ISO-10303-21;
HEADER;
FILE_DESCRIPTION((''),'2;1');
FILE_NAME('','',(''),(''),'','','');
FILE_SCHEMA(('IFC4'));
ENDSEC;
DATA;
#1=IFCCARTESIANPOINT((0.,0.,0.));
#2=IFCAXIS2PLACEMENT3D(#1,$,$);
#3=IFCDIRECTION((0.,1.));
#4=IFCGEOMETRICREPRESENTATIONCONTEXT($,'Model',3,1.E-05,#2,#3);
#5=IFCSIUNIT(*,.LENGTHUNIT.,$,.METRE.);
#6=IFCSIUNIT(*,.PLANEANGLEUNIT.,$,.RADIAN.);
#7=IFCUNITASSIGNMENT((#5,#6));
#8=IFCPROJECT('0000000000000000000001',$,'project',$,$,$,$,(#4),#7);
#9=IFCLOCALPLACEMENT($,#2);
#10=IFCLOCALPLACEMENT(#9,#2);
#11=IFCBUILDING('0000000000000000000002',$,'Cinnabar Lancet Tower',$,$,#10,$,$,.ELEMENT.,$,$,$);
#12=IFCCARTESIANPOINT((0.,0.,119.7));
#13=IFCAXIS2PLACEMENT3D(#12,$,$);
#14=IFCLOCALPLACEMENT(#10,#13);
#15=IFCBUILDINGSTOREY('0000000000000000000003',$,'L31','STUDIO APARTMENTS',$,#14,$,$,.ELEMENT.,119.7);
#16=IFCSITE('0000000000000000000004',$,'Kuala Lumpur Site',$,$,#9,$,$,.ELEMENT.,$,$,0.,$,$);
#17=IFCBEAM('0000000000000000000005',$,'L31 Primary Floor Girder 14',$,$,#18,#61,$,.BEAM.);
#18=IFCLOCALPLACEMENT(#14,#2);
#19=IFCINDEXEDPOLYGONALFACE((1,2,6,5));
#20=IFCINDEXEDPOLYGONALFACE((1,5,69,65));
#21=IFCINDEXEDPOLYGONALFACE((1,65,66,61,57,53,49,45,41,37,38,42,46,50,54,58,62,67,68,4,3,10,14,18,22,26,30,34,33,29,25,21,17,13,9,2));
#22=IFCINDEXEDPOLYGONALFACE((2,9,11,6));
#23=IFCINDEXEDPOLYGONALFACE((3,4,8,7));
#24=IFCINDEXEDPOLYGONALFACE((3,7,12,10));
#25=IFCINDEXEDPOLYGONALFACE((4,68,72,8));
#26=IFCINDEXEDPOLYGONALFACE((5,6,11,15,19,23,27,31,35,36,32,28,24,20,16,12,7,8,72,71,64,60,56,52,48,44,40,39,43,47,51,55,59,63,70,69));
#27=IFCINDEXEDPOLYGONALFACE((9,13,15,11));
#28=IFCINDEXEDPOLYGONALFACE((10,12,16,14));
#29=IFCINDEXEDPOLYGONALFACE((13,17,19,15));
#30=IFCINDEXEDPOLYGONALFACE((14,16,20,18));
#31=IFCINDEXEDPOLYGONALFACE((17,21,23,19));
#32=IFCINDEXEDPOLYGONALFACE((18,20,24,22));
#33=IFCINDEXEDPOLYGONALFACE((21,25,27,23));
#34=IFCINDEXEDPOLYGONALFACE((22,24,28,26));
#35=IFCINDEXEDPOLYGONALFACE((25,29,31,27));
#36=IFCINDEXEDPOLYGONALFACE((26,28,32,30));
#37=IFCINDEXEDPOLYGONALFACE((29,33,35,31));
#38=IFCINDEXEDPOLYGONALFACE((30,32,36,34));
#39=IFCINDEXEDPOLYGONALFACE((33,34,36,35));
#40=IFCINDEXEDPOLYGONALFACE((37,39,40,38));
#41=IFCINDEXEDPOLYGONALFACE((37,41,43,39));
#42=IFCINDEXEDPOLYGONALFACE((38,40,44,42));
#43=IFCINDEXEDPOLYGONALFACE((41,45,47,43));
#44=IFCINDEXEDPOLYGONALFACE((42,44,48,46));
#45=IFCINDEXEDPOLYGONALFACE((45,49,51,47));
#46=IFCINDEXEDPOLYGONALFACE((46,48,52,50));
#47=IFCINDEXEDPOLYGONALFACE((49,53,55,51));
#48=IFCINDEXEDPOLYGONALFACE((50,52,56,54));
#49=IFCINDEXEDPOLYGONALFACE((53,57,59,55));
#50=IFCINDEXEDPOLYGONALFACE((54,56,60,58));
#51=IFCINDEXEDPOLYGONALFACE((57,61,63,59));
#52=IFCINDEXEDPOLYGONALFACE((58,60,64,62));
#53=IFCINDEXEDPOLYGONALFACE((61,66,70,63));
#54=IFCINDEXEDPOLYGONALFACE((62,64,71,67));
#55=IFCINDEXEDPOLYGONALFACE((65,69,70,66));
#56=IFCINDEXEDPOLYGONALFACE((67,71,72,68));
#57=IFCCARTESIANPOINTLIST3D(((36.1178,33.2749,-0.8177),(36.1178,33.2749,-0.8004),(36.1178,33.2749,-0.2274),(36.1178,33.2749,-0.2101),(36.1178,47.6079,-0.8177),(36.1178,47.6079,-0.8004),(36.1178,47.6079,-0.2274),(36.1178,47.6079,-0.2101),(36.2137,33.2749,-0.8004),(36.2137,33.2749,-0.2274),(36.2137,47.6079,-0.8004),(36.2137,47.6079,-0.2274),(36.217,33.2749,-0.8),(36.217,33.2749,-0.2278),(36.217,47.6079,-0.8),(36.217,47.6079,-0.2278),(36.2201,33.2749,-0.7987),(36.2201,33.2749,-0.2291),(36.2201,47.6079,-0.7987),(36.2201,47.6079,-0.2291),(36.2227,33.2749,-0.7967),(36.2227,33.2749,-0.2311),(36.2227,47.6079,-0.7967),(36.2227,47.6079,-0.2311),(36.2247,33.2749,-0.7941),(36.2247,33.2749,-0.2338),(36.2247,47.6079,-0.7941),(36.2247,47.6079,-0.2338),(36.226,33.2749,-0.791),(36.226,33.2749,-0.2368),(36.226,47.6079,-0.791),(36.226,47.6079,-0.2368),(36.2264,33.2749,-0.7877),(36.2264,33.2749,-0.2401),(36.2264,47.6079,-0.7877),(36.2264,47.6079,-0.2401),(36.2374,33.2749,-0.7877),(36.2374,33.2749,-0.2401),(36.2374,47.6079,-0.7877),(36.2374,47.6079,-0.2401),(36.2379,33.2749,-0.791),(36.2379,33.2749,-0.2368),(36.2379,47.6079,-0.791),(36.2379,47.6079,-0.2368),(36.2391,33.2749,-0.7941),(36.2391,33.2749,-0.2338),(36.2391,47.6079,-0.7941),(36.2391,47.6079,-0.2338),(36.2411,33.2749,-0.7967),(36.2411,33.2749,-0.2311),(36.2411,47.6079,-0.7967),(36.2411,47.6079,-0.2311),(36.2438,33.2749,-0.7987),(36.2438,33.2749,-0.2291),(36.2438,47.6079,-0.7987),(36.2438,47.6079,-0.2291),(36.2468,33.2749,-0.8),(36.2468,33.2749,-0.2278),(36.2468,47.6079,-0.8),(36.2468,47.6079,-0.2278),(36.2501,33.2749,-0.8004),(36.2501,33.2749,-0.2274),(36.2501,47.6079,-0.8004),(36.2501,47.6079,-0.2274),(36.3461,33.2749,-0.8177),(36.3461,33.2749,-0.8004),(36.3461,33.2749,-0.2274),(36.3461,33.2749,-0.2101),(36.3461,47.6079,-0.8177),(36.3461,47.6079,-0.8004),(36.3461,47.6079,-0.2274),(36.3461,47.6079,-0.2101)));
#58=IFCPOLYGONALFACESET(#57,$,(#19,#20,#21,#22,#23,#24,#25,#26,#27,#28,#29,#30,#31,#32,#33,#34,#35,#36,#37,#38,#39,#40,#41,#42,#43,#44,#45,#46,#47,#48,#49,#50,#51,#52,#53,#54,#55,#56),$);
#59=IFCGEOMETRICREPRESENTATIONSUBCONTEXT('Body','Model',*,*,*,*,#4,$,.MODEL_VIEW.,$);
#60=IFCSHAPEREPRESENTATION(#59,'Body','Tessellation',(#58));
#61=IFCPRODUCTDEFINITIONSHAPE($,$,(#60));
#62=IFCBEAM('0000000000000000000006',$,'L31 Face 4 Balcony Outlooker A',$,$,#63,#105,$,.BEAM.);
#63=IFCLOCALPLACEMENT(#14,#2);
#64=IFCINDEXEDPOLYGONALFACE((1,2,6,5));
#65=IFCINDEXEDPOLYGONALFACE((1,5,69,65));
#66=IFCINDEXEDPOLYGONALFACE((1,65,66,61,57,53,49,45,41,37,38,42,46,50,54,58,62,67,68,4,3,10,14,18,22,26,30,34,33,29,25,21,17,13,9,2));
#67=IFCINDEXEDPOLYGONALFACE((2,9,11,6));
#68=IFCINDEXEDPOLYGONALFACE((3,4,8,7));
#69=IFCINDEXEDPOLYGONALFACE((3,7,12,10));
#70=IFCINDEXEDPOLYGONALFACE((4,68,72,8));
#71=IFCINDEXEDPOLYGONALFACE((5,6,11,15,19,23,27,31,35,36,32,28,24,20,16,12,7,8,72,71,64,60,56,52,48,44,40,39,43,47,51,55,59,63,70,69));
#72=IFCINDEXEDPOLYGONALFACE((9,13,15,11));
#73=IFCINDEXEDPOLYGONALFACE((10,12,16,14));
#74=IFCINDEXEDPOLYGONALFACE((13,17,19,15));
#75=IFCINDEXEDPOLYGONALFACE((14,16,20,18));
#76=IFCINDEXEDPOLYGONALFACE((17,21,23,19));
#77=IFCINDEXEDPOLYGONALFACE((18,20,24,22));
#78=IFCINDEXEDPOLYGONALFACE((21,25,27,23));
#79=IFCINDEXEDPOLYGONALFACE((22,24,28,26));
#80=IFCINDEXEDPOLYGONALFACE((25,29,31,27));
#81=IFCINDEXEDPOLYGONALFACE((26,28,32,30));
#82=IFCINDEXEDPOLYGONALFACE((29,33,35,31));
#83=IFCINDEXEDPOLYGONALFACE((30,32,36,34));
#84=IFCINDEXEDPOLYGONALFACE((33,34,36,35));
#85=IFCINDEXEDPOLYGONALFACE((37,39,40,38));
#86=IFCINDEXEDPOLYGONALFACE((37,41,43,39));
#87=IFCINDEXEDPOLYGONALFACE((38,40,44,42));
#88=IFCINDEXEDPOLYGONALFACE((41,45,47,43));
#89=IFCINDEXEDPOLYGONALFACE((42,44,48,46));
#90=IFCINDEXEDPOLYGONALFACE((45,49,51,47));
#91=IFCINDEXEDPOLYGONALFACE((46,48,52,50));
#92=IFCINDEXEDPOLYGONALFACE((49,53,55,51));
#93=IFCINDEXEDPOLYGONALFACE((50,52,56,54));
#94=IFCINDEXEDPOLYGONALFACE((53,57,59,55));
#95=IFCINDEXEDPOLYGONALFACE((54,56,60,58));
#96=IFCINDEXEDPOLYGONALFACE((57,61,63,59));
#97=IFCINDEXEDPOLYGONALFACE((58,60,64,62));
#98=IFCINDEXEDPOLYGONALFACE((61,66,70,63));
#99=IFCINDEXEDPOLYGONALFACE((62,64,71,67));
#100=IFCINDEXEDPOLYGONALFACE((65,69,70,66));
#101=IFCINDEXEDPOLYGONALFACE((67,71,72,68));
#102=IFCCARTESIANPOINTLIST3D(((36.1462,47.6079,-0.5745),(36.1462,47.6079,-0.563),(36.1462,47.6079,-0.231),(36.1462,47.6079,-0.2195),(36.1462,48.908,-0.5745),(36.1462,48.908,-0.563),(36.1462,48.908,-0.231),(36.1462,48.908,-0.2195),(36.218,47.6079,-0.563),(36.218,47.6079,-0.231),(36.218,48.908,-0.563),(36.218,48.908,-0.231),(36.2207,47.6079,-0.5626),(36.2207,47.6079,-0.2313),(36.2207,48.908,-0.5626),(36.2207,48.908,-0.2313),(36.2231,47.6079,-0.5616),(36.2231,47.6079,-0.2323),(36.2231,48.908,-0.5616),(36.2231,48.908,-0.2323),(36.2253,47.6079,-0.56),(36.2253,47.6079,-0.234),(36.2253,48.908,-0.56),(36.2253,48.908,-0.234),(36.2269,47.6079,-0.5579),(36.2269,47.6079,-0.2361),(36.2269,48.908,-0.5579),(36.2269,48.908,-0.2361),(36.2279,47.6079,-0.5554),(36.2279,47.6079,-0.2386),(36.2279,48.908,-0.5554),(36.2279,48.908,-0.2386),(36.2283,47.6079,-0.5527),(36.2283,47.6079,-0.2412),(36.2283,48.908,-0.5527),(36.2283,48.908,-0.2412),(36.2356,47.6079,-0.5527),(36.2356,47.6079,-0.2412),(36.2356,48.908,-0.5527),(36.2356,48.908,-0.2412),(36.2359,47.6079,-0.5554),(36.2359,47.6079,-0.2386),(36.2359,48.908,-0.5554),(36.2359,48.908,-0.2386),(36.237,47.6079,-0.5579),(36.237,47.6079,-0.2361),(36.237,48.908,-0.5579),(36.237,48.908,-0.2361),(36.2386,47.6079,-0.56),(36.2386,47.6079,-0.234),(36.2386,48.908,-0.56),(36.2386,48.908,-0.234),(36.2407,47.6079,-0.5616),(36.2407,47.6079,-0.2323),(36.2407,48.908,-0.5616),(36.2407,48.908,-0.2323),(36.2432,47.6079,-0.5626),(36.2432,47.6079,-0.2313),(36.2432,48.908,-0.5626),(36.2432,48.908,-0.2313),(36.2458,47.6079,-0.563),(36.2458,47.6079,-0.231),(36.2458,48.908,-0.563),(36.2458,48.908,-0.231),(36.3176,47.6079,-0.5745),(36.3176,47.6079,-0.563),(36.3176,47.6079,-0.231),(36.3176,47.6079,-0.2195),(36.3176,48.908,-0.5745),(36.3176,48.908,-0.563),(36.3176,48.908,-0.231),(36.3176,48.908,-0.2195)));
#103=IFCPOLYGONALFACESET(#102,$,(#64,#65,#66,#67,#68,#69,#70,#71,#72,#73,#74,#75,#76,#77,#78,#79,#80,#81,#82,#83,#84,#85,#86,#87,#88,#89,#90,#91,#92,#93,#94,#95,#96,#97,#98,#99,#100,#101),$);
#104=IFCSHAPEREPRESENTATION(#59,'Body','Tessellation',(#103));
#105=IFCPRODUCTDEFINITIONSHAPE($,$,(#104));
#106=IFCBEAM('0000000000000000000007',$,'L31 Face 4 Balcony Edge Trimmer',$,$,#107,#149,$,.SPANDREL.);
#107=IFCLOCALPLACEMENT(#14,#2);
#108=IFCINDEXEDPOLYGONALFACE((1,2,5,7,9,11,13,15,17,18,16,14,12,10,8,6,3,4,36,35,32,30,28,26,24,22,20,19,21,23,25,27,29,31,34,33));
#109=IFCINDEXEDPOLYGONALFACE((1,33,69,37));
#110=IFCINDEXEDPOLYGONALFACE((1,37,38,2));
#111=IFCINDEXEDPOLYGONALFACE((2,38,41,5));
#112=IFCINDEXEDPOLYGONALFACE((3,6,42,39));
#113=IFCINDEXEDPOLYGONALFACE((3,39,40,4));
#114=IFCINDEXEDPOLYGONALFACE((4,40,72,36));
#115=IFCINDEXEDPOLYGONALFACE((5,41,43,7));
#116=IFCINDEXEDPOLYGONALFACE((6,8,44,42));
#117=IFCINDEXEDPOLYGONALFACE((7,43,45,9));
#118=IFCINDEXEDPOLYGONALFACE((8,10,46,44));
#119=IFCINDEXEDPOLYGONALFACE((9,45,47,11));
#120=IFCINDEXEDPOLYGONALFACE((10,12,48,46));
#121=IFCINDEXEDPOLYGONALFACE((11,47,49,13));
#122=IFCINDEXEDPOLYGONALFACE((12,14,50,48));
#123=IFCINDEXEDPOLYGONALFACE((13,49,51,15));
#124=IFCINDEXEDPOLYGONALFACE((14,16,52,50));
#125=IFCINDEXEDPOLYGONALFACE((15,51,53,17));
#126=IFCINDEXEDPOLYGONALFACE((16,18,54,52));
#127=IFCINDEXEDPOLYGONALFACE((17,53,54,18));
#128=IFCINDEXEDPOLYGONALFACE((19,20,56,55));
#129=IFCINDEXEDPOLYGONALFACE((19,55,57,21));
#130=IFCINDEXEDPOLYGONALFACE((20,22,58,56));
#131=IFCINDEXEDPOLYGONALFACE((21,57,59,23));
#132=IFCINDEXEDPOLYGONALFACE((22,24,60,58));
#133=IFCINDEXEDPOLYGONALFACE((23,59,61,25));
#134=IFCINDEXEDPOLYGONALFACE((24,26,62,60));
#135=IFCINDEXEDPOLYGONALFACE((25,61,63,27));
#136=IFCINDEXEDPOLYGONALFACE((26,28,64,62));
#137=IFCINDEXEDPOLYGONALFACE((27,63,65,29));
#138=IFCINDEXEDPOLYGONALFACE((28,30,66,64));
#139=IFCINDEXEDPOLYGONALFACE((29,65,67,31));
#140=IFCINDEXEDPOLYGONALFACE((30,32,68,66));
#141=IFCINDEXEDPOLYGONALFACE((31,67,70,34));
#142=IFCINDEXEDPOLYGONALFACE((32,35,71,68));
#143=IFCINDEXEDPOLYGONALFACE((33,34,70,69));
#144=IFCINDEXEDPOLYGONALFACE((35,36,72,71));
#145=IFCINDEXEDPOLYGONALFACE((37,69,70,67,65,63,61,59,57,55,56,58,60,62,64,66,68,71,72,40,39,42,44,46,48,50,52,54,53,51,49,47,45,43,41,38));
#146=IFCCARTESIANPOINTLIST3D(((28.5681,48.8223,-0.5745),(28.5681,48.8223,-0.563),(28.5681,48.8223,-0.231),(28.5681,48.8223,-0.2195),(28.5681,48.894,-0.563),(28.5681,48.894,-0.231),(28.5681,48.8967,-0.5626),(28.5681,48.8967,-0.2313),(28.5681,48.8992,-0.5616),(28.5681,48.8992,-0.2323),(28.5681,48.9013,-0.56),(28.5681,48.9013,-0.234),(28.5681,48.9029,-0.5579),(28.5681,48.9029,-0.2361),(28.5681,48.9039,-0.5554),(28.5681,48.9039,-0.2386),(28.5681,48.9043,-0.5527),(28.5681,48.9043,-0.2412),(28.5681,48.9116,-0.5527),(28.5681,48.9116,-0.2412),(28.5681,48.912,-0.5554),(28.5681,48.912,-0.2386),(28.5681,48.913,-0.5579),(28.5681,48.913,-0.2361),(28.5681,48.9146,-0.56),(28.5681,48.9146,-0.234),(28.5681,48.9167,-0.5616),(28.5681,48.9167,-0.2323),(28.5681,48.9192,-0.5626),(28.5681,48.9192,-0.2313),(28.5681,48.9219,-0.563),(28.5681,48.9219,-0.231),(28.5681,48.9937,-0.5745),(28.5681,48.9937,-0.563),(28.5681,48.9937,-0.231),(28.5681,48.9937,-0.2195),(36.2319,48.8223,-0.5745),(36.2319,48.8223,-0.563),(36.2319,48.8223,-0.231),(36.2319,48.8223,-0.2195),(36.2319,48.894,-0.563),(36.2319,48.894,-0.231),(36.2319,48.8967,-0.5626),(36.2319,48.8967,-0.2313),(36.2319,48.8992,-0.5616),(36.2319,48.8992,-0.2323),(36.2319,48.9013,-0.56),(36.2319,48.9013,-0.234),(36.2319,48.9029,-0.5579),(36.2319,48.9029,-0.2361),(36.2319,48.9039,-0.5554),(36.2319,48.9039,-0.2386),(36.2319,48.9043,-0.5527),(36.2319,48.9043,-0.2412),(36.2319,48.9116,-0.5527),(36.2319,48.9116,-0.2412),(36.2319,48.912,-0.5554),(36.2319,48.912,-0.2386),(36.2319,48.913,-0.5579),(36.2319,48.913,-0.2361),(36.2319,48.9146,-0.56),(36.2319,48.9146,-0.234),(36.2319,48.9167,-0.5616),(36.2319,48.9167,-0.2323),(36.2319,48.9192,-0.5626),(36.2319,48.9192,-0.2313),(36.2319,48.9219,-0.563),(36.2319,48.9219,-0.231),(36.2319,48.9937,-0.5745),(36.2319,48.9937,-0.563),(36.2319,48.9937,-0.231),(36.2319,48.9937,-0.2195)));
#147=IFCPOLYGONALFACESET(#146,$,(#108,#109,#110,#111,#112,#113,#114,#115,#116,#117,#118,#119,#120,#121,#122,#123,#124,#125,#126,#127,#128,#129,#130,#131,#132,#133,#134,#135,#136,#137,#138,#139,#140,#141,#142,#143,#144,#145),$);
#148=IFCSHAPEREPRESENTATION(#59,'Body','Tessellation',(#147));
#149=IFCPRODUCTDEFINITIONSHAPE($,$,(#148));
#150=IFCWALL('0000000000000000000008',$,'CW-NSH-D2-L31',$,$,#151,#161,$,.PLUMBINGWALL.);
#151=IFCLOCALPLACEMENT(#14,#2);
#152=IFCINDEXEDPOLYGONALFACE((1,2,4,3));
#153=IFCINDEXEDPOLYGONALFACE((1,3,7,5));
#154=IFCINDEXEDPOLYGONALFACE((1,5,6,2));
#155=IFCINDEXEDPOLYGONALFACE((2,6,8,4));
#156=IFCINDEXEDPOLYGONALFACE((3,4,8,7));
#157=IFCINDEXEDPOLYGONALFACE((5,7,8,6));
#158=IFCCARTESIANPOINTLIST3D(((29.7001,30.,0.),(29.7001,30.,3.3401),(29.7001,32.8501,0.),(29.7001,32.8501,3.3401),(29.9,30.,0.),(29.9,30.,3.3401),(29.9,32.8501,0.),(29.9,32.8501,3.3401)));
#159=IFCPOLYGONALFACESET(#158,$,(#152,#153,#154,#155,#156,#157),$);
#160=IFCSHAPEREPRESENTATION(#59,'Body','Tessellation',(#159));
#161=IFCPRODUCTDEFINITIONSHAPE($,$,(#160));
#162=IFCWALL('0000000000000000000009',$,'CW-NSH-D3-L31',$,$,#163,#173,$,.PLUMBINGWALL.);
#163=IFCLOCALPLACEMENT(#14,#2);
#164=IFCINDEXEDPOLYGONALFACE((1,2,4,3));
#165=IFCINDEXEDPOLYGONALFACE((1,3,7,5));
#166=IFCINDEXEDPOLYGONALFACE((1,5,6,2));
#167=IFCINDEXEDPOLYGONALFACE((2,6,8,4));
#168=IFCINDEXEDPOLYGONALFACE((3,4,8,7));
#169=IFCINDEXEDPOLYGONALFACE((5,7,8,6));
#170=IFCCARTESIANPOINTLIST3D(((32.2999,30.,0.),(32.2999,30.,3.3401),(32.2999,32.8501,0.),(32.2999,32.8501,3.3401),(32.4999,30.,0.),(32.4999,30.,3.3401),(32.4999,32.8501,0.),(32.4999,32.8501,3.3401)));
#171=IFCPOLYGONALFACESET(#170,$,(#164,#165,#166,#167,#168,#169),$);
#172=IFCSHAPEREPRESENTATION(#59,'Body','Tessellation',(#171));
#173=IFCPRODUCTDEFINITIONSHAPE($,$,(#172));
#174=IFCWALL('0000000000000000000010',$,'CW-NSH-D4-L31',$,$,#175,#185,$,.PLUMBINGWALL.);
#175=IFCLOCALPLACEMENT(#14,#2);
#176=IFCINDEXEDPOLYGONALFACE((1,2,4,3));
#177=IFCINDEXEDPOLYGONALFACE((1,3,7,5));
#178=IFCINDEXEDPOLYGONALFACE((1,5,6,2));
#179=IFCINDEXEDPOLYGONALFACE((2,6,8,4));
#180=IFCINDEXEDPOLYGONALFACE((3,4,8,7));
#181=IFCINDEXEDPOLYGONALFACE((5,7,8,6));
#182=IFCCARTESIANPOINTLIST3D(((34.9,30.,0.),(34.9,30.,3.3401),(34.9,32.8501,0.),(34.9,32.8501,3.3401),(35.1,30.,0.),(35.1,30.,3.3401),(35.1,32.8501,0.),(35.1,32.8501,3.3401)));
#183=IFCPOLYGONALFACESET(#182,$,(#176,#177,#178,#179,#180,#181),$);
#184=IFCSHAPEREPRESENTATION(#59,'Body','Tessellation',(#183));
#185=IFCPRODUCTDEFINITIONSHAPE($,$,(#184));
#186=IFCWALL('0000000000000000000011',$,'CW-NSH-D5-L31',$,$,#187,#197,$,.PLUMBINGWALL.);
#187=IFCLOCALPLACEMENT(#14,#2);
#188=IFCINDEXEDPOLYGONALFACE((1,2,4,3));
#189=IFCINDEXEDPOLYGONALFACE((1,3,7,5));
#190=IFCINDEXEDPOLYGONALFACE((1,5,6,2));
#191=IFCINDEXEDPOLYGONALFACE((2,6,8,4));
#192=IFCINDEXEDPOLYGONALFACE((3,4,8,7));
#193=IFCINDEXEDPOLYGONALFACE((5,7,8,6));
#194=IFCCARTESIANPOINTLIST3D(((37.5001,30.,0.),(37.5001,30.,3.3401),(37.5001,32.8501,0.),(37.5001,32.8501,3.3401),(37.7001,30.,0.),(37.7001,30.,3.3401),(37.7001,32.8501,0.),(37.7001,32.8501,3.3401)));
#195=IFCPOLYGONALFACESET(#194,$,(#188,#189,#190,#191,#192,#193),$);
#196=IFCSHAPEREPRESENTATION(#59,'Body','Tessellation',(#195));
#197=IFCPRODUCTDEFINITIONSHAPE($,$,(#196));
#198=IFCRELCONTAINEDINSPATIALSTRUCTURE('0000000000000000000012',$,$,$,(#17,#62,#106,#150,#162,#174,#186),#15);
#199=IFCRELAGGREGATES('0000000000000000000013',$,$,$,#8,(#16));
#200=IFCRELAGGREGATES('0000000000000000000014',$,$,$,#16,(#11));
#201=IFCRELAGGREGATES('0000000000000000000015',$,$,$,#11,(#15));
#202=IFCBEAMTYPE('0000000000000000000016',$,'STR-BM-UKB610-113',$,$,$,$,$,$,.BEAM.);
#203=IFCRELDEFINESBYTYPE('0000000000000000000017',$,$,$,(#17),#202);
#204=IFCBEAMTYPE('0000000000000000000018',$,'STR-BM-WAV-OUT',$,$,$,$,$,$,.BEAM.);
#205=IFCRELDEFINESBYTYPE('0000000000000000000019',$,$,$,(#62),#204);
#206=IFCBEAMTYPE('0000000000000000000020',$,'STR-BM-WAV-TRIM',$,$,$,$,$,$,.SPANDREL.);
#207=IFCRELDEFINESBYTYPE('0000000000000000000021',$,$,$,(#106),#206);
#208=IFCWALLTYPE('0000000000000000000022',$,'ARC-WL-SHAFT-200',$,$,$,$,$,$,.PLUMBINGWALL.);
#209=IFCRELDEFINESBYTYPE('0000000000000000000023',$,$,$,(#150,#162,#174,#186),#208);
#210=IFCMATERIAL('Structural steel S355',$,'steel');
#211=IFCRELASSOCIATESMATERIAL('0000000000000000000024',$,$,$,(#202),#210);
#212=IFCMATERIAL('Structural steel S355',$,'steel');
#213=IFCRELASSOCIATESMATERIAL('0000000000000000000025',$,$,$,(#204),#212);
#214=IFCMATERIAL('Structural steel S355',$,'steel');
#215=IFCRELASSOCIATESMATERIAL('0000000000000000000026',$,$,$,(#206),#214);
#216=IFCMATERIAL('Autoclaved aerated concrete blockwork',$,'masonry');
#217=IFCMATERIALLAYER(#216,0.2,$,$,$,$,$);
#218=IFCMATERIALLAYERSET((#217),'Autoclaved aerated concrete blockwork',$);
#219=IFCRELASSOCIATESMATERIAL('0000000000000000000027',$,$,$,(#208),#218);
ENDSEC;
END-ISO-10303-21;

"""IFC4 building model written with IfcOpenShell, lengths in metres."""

from ifc_helpers import new_model, si_unit, direction, frame, frame_2d, origin, origin_2d, place, context, subcontext, project, spatial, rectangle, i_section, extrude, material, layer, layer_set, material_profile, profile_set, type_object, element, save


model = new_model("IFC4")

# Units and contexts
model_context = context("Model", 3, precision=1e-05, world=origin(), true_north=direction((0.0, 1.0)))
body_context = subcontext(model_context, "Body", "Model", "MODEL_VIEW")
ifc_project = project(units=[si_unit("LENGTHUNIT", "METRE"), si_unit("PLANEANGLEUNIT", "RADIAN")], contexts=[model_context])

# Site, building, storey
site_placement = place(None, origin())
site = spatial("IfcSite", under=ifc_project, at=site_placement, Name="Kuala Lumpur Site", CompositionType="ELEMENT", RefElevation=0.0)
building_placement = place(site_placement, origin())
building = spatial("IfcBuilding", under=site, at=building_placement, Name="Cinnabar Lancet Tower", CompositionType="ELEMENT")
storey_placement = place(building_placement, frame((0.0, 0.0, 119.7)))
storey = spatial("IfcBuildingStorey", under=building, at=storey_placement, Name="L31", Description="STUDIO APARTMENTS", CompositionType="ELEMENT", Elevation=119.7)

# Beams
ifc_material_1 = material(Name="Structural steel S355", Category="steel")
ifc_material_profile_1 = material_profile(ifc_material_1, i_section(OverallWidth=0.2283, OverallDepth=0.6077, WebThickness=0.011, FlangeThickness=0.0173, FilletRadius=0.0127, at=origin_2d()), Name="UKB 610x229x113")
ifc_profile_set_1 = profile_set([ifc_material_profile_1], Name="Structural steel S355")
beam_type_1 = type_object("IfcBeamType", Name="STR-BM-UKB610-113", PredefinedType="BEAM", material=ifc_profile_set_1)
beam_1_placement = place(storey_placement, frame((36.2319, 47.6079, -0.5139), z_axis=(0.0, -1.0, 0.0), x_axis=(1.0, 0.0, 0.0)))
element("IfcBeam", 1, at=beam_1_placement, inside=storey, type_object=beam_type_1, Name="L31 Primary Floor Girder 14", PredefinedType="BEAM", context=body_context, shape_type="SweptSolid", body=[
    extrude(i_section(OverallWidth=0.2283, OverallDepth=0.6077, WebThickness=0.011, FlangeThickness=0.0173, FilletRadius=0.0127, at=origin_2d()), origin(), (0.0, 0.0, 1.0), 14.333),
])
ifc_material_2 = material(Name="Structural steel S355", Category="steel")
ifc_material_profile_2 = material_profile(ifc_material_2, i_section(OverallWidth=0.1714, OverallDepth=0.355, WebThickness=0.0073, FlangeThickness=0.0115, FilletRadius=0.0103, at=origin_2d()), Name="UKB 356x171x51")
ifc_profile_set_2 = profile_set([ifc_material_profile_2], Name="Structural steel S355")
beam_type_2 = type_object("IfcBeamType", Name="STR-BM-WAV-OUT", PredefinedType="BEAM", material=ifc_profile_set_2)
beam_2_placement = place(storey_placement, frame((36.2319, 47.6079, -0.397), z_axis=(0.0, 1.0, 0.0), x_axis=(-1.0, 0.0, 0.0)))
element("IfcBeam", 2, at=beam_2_placement, inside=storey, type_object=beam_type_2, Name="L31 Face 4 Balcony Outlooker A", PredefinedType="BEAM", context=body_context, shape_type="SweptSolid", body=[
    extrude(i_section(OverallWidth=0.1714, OverallDepth=0.355, WebThickness=0.0073, FlangeThickness=0.0115, FilletRadius=0.0103, at=origin_2d()), origin(), (0.0, 0.0, 1.0), 1.3),
])
ifc_material_3 = material(Name="Structural steel S355", Category="steel")
ifc_material_profile_3 = material_profile(ifc_material_3, i_section(OverallWidth=0.1714, OverallDepth=0.355, WebThickness=0.0073, FlangeThickness=0.0115, FilletRadius=0.0103, at=origin_2d()), Name="UKB 356x171x51")
ifc_profile_set_3 = profile_set([ifc_material_profile_3], Name="Structural steel S355")
beam_type_3 = type_object("IfcBeamType", Name="STR-BM-WAV-TRIM", PredefinedType="SPANDREL", material=ifc_profile_set_3)
beam_3_placement = place(storey_placement, frame((36.2319, 48.908, -0.397), z_axis=(-1.0, 0.0, 0.0), x_axis=(0.0, -1.0, 0.0)))
element("IfcBeam", 3, at=beam_3_placement, inside=storey, type_object=beam_type_3, Name="L31 Face 4 Balcony Edge Trimmer", PredefinedType="SPANDREL", context=body_context, shape_type="SweptSolid", body=[
    extrude(i_section(OverallWidth=0.1714, OverallDepth=0.355, WebThickness=0.0073, FlangeThickness=0.0115, FilletRadius=0.0103, at=origin_2d()), origin(), (0.0, 0.0, 1.0), 7.6638),
])

# Walls
ifc_material_4 = material(Name="Autoclaved aerated concrete blockwork", Category="masonry")
ifc_layer_1 = layer(ifc_material_4, 0.2)
ifc_layer_set_1 = layer_set([ifc_layer_1], Name="Autoclaved aerated concrete blockwork")
wall_type_1 = type_object("IfcWallType", Name="ARC-WL-SHAFT-200", PredefinedType="PLUMBINGWALL", material=ifc_layer_set_1)
for number, where, z_axis, x_axis, name in (
    (4, (29.8, 30.0, 0.0), (0.0, 0.0, 1.0), (0.0, 1.0, 0.0), "CW-NSH-D2-L31"),
    (5, (32.3999, 30.0, 0.0), (0.0, 0.0, 1.0), (0.0, 1.0, 0.0), "CW-NSH-D3-L31"),
    (6, (35.0, 30.0, 0.0), (0.0, 0.0, 1.0), (0.0, 1.0, 0.0), "CW-NSH-D4-L31"),
    (7, (37.6001, 30.0, 0.0), (0.0, 0.0, 1.0), (0.0, 1.0, 0.0), "CW-NSH-D5-L31"),
):
    element("IfcWall", number, at=place(storey_placement, frame(where, z_axis=z_axis, x_axis=x_axis)), inside=storey, type_object=wall_type_1, Name=name, PredefinedType="PLUMBINGWALL", context=body_context, shape_type="SweptSolid", body=[
        extrude(rectangle(XDim=2.8501, YDim=0.2, at=frame_2d((1.425, 0.0))), origin(), (0.0, 0.0, 1.0), 3.3401),
    ])

save(model, "model.ifc")
